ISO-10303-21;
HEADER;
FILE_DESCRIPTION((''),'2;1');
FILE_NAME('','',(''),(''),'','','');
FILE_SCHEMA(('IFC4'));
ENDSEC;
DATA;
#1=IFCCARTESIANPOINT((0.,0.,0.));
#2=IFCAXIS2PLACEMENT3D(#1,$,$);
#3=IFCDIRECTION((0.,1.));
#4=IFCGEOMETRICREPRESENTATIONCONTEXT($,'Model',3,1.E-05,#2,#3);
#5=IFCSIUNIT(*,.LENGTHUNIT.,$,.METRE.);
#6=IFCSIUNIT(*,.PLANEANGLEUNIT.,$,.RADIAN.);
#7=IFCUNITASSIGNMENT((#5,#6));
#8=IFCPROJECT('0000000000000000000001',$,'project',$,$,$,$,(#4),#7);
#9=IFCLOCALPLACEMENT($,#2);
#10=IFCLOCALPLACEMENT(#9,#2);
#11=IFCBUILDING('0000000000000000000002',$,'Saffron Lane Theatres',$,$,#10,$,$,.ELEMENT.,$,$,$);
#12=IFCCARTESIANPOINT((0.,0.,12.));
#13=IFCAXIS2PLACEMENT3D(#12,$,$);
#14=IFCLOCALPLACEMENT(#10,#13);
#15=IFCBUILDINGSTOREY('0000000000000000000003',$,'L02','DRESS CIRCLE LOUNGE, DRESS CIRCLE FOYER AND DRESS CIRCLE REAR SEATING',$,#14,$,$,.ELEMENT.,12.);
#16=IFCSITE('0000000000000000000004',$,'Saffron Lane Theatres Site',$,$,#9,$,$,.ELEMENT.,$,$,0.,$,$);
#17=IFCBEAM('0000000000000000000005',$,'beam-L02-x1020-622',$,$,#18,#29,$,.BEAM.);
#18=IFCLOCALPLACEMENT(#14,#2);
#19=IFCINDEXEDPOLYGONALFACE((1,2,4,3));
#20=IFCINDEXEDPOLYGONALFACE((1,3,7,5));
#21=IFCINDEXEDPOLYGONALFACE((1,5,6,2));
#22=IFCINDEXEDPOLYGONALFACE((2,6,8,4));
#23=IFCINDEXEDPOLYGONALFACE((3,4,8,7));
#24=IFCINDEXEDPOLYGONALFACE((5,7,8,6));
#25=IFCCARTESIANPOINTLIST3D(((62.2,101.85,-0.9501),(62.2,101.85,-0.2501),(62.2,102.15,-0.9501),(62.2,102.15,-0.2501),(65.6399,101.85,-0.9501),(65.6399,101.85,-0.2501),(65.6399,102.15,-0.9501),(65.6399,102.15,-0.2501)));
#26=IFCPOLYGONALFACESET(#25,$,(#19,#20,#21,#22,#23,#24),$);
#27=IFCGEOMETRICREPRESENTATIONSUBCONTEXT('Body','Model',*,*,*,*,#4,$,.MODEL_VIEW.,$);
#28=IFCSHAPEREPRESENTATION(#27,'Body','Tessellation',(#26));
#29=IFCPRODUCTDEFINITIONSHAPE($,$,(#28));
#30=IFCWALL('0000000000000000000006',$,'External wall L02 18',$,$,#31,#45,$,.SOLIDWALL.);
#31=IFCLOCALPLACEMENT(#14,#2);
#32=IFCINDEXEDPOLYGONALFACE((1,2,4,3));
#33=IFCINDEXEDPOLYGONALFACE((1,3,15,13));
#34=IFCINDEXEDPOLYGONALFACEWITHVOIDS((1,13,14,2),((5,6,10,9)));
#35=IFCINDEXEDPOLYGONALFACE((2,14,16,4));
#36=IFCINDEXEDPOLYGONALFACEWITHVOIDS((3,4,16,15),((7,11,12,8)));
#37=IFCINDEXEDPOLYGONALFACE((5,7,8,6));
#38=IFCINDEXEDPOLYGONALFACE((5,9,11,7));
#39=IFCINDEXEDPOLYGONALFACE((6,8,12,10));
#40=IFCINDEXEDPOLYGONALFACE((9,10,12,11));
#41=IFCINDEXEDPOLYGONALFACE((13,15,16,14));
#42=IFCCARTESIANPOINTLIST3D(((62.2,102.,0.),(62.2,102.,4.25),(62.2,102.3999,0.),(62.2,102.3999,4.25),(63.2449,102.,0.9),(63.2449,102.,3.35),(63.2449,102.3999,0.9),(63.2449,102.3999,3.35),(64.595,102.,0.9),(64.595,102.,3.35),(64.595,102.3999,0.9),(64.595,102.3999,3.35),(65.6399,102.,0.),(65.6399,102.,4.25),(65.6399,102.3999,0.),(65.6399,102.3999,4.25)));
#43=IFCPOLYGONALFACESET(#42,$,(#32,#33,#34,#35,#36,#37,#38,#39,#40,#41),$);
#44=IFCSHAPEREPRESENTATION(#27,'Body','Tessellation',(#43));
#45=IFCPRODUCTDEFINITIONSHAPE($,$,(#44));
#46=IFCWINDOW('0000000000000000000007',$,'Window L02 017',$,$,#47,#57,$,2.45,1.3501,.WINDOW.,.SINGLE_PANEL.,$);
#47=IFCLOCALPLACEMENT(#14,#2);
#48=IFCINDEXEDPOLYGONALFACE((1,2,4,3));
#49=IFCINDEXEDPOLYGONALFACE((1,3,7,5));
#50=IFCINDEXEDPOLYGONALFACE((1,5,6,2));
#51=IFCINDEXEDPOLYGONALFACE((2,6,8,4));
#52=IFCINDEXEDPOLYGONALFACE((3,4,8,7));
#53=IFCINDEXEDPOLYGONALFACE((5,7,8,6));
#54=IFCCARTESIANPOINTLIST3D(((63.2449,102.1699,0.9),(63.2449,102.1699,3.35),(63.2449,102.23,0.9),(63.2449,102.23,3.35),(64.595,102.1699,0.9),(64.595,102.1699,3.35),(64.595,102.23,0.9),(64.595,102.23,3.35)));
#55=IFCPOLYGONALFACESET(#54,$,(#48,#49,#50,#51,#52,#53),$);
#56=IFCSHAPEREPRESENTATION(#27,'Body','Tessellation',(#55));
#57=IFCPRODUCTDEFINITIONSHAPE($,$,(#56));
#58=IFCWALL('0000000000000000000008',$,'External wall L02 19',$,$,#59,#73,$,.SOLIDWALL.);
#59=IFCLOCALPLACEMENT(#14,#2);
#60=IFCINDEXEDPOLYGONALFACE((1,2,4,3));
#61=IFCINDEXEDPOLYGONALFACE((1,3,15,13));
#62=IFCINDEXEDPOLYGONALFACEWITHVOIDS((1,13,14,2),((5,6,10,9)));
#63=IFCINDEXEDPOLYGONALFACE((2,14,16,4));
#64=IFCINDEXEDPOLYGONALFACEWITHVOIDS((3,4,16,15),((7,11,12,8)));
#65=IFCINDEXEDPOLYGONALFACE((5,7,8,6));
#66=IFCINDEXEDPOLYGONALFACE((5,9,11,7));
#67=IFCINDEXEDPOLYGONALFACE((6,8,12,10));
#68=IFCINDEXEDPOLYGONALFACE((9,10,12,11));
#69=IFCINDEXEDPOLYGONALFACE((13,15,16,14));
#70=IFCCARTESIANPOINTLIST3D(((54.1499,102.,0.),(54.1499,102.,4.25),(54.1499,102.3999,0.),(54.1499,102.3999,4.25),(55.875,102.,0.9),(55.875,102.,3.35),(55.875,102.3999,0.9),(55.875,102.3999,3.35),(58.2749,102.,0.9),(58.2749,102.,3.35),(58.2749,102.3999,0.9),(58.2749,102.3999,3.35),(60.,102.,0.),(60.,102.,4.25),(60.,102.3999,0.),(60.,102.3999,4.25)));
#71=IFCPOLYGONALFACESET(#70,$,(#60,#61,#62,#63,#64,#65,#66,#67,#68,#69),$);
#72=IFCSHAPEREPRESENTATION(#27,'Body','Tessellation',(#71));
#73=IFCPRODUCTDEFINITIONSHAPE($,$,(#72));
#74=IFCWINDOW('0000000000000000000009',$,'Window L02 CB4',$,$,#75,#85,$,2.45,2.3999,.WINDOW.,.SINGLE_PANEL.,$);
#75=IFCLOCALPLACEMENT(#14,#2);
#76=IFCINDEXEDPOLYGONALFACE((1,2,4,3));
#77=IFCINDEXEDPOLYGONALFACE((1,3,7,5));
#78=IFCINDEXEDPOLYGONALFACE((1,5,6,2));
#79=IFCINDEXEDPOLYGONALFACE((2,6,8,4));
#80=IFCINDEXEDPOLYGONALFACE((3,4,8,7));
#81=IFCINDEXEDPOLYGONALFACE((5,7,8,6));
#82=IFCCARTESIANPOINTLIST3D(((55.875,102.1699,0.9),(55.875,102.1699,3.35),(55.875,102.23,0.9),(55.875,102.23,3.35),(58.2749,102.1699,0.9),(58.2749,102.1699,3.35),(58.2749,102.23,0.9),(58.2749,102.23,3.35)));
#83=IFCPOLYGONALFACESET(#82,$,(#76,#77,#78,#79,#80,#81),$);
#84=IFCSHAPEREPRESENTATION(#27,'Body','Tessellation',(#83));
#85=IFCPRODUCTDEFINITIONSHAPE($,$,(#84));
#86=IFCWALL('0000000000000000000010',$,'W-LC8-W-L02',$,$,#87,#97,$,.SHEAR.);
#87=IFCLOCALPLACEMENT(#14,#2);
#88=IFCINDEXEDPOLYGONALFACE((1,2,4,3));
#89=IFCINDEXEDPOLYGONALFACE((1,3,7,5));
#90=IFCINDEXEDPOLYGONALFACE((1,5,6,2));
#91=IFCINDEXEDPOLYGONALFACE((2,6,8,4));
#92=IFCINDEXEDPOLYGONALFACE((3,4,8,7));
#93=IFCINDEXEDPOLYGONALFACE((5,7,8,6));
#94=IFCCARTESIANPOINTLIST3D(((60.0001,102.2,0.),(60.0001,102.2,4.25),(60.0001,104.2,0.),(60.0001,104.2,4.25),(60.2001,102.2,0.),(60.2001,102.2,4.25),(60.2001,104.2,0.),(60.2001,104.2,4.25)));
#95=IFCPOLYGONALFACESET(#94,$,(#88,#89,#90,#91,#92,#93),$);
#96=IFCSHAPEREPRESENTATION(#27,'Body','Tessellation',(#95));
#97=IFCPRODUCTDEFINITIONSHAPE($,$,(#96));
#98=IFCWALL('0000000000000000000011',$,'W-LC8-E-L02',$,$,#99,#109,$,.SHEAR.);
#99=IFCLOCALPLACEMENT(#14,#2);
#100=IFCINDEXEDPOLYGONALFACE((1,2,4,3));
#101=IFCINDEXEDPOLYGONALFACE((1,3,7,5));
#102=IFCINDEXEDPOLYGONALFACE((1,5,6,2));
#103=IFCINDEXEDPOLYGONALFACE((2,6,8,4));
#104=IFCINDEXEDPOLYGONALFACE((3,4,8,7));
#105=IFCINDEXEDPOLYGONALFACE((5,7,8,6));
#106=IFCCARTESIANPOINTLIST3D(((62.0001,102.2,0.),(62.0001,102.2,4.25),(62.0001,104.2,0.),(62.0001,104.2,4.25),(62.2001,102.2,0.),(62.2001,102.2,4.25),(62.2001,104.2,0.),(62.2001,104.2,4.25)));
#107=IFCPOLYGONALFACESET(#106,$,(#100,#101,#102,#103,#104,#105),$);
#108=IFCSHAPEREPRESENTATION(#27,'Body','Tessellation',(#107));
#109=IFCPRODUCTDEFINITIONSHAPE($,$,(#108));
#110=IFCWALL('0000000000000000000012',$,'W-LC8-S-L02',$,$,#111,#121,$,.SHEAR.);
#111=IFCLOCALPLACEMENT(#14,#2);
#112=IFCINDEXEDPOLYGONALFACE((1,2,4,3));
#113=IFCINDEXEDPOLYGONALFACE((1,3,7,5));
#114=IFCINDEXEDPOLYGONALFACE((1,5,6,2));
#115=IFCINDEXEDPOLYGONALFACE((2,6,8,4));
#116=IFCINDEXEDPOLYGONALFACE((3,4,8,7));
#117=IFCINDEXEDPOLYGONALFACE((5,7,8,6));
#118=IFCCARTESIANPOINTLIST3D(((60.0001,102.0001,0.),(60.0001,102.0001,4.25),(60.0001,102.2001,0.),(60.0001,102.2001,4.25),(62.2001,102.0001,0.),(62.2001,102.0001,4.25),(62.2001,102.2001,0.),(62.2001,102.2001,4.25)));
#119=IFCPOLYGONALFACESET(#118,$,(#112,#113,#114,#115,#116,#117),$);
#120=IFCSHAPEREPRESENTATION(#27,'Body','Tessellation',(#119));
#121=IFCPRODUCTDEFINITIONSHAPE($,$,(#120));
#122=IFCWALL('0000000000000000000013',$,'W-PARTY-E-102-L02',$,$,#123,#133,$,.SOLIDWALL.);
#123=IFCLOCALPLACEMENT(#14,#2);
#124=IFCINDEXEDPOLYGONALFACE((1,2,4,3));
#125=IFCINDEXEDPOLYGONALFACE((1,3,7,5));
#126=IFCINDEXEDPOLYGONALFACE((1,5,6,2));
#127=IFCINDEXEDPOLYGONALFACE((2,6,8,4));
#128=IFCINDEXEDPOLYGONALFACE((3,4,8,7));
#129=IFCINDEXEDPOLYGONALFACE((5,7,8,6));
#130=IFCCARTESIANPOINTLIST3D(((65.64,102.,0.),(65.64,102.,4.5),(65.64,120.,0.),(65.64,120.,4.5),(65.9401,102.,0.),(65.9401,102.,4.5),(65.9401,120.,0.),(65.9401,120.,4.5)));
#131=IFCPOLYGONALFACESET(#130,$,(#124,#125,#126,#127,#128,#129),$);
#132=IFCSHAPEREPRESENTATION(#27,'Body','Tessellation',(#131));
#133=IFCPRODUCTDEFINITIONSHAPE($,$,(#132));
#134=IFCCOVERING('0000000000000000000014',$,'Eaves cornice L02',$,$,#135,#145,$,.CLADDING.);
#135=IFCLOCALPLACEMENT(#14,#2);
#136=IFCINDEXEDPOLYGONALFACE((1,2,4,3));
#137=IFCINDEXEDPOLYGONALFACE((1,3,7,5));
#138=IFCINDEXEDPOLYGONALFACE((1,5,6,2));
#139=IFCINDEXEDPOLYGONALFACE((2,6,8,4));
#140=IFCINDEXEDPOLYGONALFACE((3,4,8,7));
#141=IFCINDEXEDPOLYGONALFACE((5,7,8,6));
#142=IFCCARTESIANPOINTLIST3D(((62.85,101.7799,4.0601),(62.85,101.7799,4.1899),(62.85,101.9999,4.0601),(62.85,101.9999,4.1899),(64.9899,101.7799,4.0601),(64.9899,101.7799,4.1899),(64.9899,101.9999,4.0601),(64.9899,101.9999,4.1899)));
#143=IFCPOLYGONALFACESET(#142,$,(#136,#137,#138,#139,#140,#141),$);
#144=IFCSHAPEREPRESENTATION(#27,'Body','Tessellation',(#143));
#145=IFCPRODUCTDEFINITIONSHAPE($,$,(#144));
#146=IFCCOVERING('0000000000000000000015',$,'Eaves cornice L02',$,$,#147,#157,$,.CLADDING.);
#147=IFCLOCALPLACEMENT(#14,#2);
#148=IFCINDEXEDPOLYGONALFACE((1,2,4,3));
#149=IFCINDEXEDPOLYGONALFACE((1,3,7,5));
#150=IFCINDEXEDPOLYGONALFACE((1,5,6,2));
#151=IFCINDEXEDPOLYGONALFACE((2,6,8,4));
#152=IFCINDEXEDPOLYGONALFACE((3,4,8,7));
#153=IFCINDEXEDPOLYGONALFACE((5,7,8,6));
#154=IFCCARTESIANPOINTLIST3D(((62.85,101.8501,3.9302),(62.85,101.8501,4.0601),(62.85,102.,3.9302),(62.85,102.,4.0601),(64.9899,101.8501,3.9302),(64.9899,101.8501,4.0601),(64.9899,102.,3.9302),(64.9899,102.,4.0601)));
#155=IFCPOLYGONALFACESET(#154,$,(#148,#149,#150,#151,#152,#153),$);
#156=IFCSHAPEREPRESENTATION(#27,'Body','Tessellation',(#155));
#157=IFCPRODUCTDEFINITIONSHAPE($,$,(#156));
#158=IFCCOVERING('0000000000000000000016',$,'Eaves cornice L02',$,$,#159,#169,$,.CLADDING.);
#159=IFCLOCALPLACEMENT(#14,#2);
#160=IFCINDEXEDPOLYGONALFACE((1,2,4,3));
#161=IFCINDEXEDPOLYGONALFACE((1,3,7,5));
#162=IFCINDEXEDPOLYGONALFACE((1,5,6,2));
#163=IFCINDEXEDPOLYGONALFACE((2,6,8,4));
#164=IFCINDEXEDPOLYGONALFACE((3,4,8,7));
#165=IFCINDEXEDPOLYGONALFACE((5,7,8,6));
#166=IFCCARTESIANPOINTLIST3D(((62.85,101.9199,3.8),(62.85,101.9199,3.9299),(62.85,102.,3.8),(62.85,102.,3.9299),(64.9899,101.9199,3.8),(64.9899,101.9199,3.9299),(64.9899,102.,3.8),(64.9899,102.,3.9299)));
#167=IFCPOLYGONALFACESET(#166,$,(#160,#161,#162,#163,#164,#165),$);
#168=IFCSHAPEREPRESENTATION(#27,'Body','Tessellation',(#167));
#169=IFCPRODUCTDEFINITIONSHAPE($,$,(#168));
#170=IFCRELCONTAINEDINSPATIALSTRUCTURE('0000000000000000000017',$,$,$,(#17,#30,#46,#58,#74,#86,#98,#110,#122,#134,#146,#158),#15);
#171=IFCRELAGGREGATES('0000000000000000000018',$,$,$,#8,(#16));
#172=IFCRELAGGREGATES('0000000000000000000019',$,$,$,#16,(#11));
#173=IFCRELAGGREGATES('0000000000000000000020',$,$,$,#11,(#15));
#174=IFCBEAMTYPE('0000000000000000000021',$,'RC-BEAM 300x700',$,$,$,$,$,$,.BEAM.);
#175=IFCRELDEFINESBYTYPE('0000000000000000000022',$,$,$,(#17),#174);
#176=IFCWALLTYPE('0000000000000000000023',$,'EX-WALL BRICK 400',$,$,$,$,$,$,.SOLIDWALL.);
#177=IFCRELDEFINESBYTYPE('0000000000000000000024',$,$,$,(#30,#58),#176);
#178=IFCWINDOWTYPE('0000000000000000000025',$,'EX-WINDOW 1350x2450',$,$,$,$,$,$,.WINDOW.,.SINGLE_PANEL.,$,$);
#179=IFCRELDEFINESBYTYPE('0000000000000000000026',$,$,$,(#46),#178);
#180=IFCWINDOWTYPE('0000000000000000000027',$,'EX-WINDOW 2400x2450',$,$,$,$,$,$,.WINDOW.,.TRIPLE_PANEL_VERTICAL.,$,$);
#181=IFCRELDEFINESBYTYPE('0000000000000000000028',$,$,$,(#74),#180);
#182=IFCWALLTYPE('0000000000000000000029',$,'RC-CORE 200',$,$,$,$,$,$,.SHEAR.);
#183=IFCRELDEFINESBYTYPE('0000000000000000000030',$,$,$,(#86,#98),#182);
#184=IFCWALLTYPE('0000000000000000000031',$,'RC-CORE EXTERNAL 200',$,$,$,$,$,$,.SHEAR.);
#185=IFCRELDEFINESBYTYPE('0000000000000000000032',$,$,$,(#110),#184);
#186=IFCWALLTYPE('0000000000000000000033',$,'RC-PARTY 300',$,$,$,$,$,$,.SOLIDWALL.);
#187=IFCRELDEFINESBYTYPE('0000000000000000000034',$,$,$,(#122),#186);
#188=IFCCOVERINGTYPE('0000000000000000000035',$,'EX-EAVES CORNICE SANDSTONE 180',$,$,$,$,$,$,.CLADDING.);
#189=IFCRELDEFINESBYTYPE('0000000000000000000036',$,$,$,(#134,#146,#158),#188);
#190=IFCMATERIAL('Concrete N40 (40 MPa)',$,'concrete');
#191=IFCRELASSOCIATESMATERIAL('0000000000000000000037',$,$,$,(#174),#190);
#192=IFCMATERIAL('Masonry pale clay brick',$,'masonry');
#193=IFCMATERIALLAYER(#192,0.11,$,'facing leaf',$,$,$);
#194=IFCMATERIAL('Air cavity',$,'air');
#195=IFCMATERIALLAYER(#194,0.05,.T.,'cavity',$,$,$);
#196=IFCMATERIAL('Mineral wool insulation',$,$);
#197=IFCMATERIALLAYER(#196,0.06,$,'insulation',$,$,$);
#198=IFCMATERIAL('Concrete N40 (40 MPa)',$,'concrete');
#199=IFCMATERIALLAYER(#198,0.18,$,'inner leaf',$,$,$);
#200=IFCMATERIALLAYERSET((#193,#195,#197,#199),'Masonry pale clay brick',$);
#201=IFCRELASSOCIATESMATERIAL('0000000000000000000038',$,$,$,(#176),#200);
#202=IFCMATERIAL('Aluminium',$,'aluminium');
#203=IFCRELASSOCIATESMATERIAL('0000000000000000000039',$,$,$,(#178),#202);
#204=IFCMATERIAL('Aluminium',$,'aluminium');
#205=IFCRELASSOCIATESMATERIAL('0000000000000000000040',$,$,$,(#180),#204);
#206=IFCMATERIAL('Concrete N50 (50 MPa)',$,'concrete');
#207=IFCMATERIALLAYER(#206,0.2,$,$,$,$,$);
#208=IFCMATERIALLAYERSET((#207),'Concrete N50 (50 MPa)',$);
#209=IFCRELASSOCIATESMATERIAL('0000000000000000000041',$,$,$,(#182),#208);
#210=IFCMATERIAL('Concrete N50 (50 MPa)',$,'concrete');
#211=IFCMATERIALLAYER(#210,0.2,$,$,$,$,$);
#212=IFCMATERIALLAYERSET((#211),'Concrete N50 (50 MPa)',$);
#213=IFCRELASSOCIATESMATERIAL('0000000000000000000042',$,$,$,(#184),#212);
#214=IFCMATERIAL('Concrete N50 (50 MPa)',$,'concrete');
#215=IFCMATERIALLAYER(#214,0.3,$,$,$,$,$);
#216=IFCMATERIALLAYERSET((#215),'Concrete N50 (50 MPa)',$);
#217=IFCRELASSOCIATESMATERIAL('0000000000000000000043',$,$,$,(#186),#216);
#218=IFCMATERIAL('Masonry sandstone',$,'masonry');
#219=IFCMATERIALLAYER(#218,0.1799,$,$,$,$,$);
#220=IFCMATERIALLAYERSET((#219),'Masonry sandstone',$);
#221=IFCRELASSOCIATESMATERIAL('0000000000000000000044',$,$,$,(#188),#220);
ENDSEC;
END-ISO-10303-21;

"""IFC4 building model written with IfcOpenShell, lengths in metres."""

from ifc_helpers import new_model, si_unit, direction, frame, frame_2d, origin, origin_2d, place, context, subcontext, project, spatial, rectangle, extrude, material, layer, layer_set, material_profile, profile_set, type_object, element, fill, save


model = new_model("IFC4")

# Units and contexts
model_context = context("Model", 3, precision=1e-05, world=origin(), true_north=direction((0.0, 1.0)))
body_context = subcontext(model_context, "Body", "Model", "MODEL_VIEW")
ifc_project = project(units=[si_unit("LENGTHUNIT", "METRE"), si_unit("PLANEANGLEUNIT", "RADIAN")], contexts=[model_context])

# Site, building, storey
site_placement = place(None, origin())
site = spatial("IfcSite", under=ifc_project, at=site_placement, Name="Saffron Lane Theatres Site", CompositionType="ELEMENT", RefElevation=0.0)
building_placement = place(site_placement, origin())
building = spatial("IfcBuilding", under=site, at=building_placement, Name="Saffron Lane Theatres", CompositionType="ELEMENT")
storey_placement = place(building_placement, frame((0.0, 0.0, 12.0)))
storey = spatial("IfcBuildingStorey", under=building, at=storey_placement, Name="L02", Description="DRESS CIRCLE LOUNGE, DRESS CIRCLE FOYER AND DRESS CIRCLE REAR SEATING", CompositionType="ELEMENT", Elevation=12.0)

# Beam
ifc_material_1 = material(Name="Concrete N40 (40 MPa)", Category="concrete")
ifc_material_profile = material_profile(ifc_material_1, rectangle(XDim=0.3, YDim=0.7, at=origin_2d()))
ifc_profile_set = profile_set([ifc_material_profile], Name="Concrete N40 (40 MPa)")
beam_type = type_object("IfcBeamType", Name="RC-BEAM 300x700", PredefinedType="BEAM", material=ifc_profile_set)
beam_placement = place(storey_placement, frame((62.2, 102.0, -0.6001), z_axis=(1.0, 0.0, 0.0), x_axis=(0.0, 1.0, 0.0)))
element("IfcBeam", 1, at=beam_placement, inside=storey, type_object=beam_type, Name="beam-L02-x1020-622", PredefinedType="BEAM", context=body_context, shape_type="SweptSolid", body=[
    extrude(rectangle(XDim=0.3, YDim=0.7, at=origin_2d()), origin(), (0.0, 0.0, 1.0), 3.4399),
])

# Walls, openings, windows
ifc_material_2 = material(Name="Masonry pale clay brick", Category="masonry")
ifc_layer_1 = layer(ifc_material_2, 0.11, Name="facing leaf")
ifc_material_3 = material(Name="Air cavity", Category="air")
ifc_layer_2 = layer(ifc_material_3, 0.05, ventilated=True, Name="cavity")
ifc_material_4 = material(Name="Mineral wool insulation")
ifc_layer_3 = layer(ifc_material_4, 0.06, Name="insulation")
ifc_material_5 = material(Name="Concrete N40 (40 MPa)", Category="concrete")
ifc_layer_4 = layer(ifc_material_5, 0.18, Name="inner leaf")
ifc_layer_set_1 = layer_set([ifc_layer_1, ifc_layer_2, ifc_layer_3, ifc_layer_4], Name="Masonry pale clay brick")
wall_type_1 = type_object("IfcWallType", Name="EX-WALL BRICK 400", PredefinedType="SOLIDWALL", material=ifc_layer_set_1)
wall_1_placement = place(storey_placement, frame((65.6399, 102.2, 0.0), z_axis=(0.0, 0.0, 1.0), x_axis=(-1.0, 0.0, 0.0)))
wall_1 = element("IfcWall", 2, at=wall_1_placement, inside=storey, type_object=wall_type_1, Name="External wall L02 18", PredefinedType="SOLIDWALL", context=body_context, shape_type="SweptSolid", body=[
    extrude(rectangle(XDim=3.4399, YDim=0.3999, at=frame_2d((1.72, 0.0))), origin(), (0.0, 0.0, 1.0), 4.25),
])
opening_1_placement = place(wall_1_placement, frame((1.0449, 0.0, 0.8999)))
opening_1 = element("IfcOpeningElement", 3, at=opening_1_placement, cuts=wall_1, PredefinedType="OPENING", context=body_context, shape_type="SweptSolid", body=[
    extrude(rectangle(XDim=1.3501, YDim=2.45, at=frame_2d((0.675, 1.2251))), frame((0.0, 0.21, 0.0), z_axis=(0.0, -1.0, 0.0), x_axis=(1.0, 0.0, 0.0)), (0.0, 0.0, 1.0), 0.4199),
])
ifc_material_6 = material(Name="Aluminium", Category="aluminium")
window_type_1 = type_object("IfcWindowType", Name="EX-WINDOW 1350x2450", PartitioningType="SINGLE_PANEL", PredefinedType="WINDOW", material=ifc_material_6)
window_1_placement = place(opening_1_placement, origin())
window_1 = element("IfcWindow", 4, at=window_1_placement, inside=storey, type_object=window_type_1, Name="Window L02 017", OverallHeight=2.45, OverallWidth=1.3501, PartitioningType="SINGLE_PANEL", PredefinedType="WINDOW", context=body_context, shape_type="SweptSolid", body=[
    extrude(rectangle(XDim=1.3501, YDim=2.45, at=frame_2d((0.675, 1.2251))), frame((0.0, 0.03, 0.0), z_axis=(0.0, -1.0, 0.0), x_axis=(1.0, 0.0, 0.0)), (0.0, 0.0, 1.0), 0.0601),
])
fill(opening_1, window_1)
wall_2_placement = place(storey_placement, frame((60.0, 102.2, 0.0), z_axis=(0.0, 0.0, 1.0), x_axis=(-1.0, 0.0, 0.0)))
wall_2 = element("IfcWall", 5, at=wall_2_placement, inside=storey, type_object=wall_type_1, Name="External wall L02 19", PredefinedType="SOLIDWALL", context=body_context, shape_type="SweptSolid", body=[
    extrude(rectangle(XDim=5.8501, YDim=0.3999, at=frame_2d((2.925, 0.0))), origin(), (0.0, 0.0, 1.0), 4.25),
])
opening_2_placement = place(wall_2_placement, frame((1.7251, 0.0, 0.8999)))
opening_2 = element("IfcOpeningElement", 6, at=opening_2_placement, cuts=wall_2, PredefinedType="OPENING", context=body_context, shape_type="SweptSolid", body=[
    extrude(rectangle(XDim=2.3999, YDim=2.45, at=frame_2d((1.2, 1.2251))), frame((0.0, 0.21, 0.0), z_axis=(0.0, -1.0, 0.0), x_axis=(1.0, 0.0, 0.0)), (0.0, 0.0, 1.0), 0.4199),
])
ifc_material_7 = material(Name="Aluminium", Category="aluminium")
window_type_2 = type_object("IfcWindowType", Name="EX-WINDOW 2400x2450", PartitioningType="TRIPLE_PANEL_VERTICAL", PredefinedType="WINDOW", material=ifc_material_7)
window_2_placement = place(opening_2_placement, origin())
window_2 = element("IfcWindow", 7, at=window_2_placement, inside=storey, type_object=window_type_2, Name="Window L02 CB4", OverallHeight=2.45, OverallWidth=2.3999, PartitioningType="SINGLE_PANEL", PredefinedType="WINDOW", context=body_context, shape_type="SweptSolid", body=[
    extrude(rectangle(XDim=2.3999, YDim=2.45, at=frame_2d((1.2, 1.2251))), frame((0.0, 0.03, 0.0), z_axis=(0.0, -1.0, 0.0), x_axis=(1.0, 0.0, 0.0)), (0.0, 0.0, 1.0), 0.0601),
])
fill(opening_2, window_2)

# Walls
ifc_material_8 = material(Name="Concrete N50 (50 MPa)", Category="concrete")
ifc_layer_5 = layer(ifc_material_8, 0.2)
ifc_layer_set_2 = layer_set([ifc_layer_5], Name="Concrete N50 (50 MPa)")
wall_type_2 = type_object("IfcWallType", Name="RC-CORE 200", PredefinedType="SHEAR", material=ifc_layer_set_2)
for number, where, z_axis, x_axis, name in (
    (8, (60.1001, 102.2, 0.0), (0.0, 0.0, 1.0), (0.0, 1.0, 0.0), "W-LC8-W-L02"),
    (9, (62.1001, 102.2, 0.0), (0.0, 0.0, 1.0), (0.0, 1.0, 0.0), "W-LC8-E-L02"),
):
    element("IfcWall", number, at=place(storey_placement, frame(where, z_axis=z_axis, x_axis=x_axis)), inside=storey, type_object=wall_type_2, Name=name, PredefinedType="SHEAR", context=body_context, shape_type="SweptSolid", body=[
        extrude(rectangle(XDim=2.0, YDim=0.2, at=frame_2d((1.0, 0.0))), origin(), (0.0, 0.0, 1.0), 4.25),
    ])
ifc_material_9 = material(Name="Concrete N50 (50 MPa)", Category="concrete")
ifc_layer_6 = layer(ifc_material_9, 0.2)
ifc_layer_set_3 = layer_set([ifc_layer_6], Name="Concrete N50 (50 MPa)")
wall_type_3 = type_object("IfcWallType", Name="RC-CORE EXTERNAL 200", PredefinedType="SHEAR", material=ifc_layer_set_3)
wall_3_placement = place(storey_placement, frame((60.0, 102.1001, 0.0), z_axis=(0.0, 0.0, 1.0), x_axis=(1.0, 0.0, 0.0)))
element("IfcWall", 10, at=wall_3_placement, inside=storey, type_object=wall_type_3, Name="W-LC8-S-L02", PredefinedType="SHEAR", context=body_context, shape_type="SweptSolid", body=[
    extrude(rectangle(XDim=2.2, YDim=0.2, at=frame_2d((1.1001, 0.0))), origin(), (0.0, 0.0, 1.0), 4.25),
])
ifc_material_10 = material(Name="Concrete N50 (50 MPa)", Category="concrete")
ifc_layer_7 = layer(ifc_material_10, 0.3)
ifc_layer_set_4 = layer_set([ifc_layer_7], Name="Concrete N50 (50 MPa)")
wall_type_4 = type_object("IfcWallType", Name="RC-PARTY 300", PredefinedType="SOLIDWALL", material=ifc_layer_set_4)
wall_4_placement = place(storey_placement, frame((65.79, 102.0, 0.0), z_axis=(0.0, 0.0, 1.0), x_axis=(0.0, 1.0, 0.0)))
element("IfcWall", 11, at=wall_4_placement, inside=storey, type_object=wall_type_4, Name="W-PARTY-E-102-L02", PredefinedType="SOLIDWALL", context=body_context, shape_type="SweptSolid", body=[
    extrude(rectangle(XDim=18.0, YDim=0.3, at=frame_2d((9.0, 0.0))), origin(), (0.0, 0.0, 1.0), 4.5),
])

# Coverings
ifc_material_11 = material(Name="Masonry sandstone", Category="masonry")
ifc_layer_8 = layer(ifc_material_11, 0.1799)
ifc_layer_set_5 = layer_set([ifc_layer_8], Name="Masonry sandstone")
covering_type_1 = type_object("IfcCoveringType", Name="EX-EAVES CORNICE SANDSTONE 180", PredefinedType="CLADDING", material=ifc_layer_set_5)
covering_1_placement = place(storey_placement, frame((63.9199, 101.8899, 4.0601), z_axis=(0.0, 0.0, 1.0), x_axis=(-1.0, 0.0, 0.0)))
element("IfcCovering", 12, at=covering_1_placement, inside=storey, type_object=covering_type_1, Name="Eaves cornice L02", PredefinedType="CLADDING", context=body_context, shape_type="SweptSolid", body=[
    extrude(rectangle(XDim=2.1399, YDim=0.22, at=origin_2d()), origin(), (0.0, 0.0, 1.0), 0.1299),
])
covering_2_placement = place(storey_placement, frame((63.9199, 101.925, 3.9302), z_axis=(0.0, 0.0, 1.0), x_axis=(-1.0, 0.0, 0.0)))
element("IfcCovering", 13, at=covering_2_placement, inside=storey, type_object=covering_type_1, Name="Eaves cornice L02", PredefinedType="CLADDING", context=body_context, shape_type="SweptSolid", body=[
    extrude(rectangle(XDim=2.1399, YDim=0.1499, at=origin_2d()), origin(), (0.0, 0.0, 1.0), 0.1299),
])
covering_3_placement = place(storey_placement, frame((63.9199, 101.96, 3.8), z_axis=(0.0, 0.0, 1.0), x_axis=(-1.0, 0.0, 0.0)))
element("IfcCovering", 14, at=covering_3_placement, inside=storey, type_object=covering_type_1, Name="Eaves cornice L02", PredefinedType="CLADDING", context=body_context, shape_type="SweptSolid", body=[
    extrude(rectangle(XDim=2.1399, YDim=0.0801, at=origin_2d()), origin(), (0.0, 0.0, 1.0), 0.1299),
])

save(model, "model.ifc")
